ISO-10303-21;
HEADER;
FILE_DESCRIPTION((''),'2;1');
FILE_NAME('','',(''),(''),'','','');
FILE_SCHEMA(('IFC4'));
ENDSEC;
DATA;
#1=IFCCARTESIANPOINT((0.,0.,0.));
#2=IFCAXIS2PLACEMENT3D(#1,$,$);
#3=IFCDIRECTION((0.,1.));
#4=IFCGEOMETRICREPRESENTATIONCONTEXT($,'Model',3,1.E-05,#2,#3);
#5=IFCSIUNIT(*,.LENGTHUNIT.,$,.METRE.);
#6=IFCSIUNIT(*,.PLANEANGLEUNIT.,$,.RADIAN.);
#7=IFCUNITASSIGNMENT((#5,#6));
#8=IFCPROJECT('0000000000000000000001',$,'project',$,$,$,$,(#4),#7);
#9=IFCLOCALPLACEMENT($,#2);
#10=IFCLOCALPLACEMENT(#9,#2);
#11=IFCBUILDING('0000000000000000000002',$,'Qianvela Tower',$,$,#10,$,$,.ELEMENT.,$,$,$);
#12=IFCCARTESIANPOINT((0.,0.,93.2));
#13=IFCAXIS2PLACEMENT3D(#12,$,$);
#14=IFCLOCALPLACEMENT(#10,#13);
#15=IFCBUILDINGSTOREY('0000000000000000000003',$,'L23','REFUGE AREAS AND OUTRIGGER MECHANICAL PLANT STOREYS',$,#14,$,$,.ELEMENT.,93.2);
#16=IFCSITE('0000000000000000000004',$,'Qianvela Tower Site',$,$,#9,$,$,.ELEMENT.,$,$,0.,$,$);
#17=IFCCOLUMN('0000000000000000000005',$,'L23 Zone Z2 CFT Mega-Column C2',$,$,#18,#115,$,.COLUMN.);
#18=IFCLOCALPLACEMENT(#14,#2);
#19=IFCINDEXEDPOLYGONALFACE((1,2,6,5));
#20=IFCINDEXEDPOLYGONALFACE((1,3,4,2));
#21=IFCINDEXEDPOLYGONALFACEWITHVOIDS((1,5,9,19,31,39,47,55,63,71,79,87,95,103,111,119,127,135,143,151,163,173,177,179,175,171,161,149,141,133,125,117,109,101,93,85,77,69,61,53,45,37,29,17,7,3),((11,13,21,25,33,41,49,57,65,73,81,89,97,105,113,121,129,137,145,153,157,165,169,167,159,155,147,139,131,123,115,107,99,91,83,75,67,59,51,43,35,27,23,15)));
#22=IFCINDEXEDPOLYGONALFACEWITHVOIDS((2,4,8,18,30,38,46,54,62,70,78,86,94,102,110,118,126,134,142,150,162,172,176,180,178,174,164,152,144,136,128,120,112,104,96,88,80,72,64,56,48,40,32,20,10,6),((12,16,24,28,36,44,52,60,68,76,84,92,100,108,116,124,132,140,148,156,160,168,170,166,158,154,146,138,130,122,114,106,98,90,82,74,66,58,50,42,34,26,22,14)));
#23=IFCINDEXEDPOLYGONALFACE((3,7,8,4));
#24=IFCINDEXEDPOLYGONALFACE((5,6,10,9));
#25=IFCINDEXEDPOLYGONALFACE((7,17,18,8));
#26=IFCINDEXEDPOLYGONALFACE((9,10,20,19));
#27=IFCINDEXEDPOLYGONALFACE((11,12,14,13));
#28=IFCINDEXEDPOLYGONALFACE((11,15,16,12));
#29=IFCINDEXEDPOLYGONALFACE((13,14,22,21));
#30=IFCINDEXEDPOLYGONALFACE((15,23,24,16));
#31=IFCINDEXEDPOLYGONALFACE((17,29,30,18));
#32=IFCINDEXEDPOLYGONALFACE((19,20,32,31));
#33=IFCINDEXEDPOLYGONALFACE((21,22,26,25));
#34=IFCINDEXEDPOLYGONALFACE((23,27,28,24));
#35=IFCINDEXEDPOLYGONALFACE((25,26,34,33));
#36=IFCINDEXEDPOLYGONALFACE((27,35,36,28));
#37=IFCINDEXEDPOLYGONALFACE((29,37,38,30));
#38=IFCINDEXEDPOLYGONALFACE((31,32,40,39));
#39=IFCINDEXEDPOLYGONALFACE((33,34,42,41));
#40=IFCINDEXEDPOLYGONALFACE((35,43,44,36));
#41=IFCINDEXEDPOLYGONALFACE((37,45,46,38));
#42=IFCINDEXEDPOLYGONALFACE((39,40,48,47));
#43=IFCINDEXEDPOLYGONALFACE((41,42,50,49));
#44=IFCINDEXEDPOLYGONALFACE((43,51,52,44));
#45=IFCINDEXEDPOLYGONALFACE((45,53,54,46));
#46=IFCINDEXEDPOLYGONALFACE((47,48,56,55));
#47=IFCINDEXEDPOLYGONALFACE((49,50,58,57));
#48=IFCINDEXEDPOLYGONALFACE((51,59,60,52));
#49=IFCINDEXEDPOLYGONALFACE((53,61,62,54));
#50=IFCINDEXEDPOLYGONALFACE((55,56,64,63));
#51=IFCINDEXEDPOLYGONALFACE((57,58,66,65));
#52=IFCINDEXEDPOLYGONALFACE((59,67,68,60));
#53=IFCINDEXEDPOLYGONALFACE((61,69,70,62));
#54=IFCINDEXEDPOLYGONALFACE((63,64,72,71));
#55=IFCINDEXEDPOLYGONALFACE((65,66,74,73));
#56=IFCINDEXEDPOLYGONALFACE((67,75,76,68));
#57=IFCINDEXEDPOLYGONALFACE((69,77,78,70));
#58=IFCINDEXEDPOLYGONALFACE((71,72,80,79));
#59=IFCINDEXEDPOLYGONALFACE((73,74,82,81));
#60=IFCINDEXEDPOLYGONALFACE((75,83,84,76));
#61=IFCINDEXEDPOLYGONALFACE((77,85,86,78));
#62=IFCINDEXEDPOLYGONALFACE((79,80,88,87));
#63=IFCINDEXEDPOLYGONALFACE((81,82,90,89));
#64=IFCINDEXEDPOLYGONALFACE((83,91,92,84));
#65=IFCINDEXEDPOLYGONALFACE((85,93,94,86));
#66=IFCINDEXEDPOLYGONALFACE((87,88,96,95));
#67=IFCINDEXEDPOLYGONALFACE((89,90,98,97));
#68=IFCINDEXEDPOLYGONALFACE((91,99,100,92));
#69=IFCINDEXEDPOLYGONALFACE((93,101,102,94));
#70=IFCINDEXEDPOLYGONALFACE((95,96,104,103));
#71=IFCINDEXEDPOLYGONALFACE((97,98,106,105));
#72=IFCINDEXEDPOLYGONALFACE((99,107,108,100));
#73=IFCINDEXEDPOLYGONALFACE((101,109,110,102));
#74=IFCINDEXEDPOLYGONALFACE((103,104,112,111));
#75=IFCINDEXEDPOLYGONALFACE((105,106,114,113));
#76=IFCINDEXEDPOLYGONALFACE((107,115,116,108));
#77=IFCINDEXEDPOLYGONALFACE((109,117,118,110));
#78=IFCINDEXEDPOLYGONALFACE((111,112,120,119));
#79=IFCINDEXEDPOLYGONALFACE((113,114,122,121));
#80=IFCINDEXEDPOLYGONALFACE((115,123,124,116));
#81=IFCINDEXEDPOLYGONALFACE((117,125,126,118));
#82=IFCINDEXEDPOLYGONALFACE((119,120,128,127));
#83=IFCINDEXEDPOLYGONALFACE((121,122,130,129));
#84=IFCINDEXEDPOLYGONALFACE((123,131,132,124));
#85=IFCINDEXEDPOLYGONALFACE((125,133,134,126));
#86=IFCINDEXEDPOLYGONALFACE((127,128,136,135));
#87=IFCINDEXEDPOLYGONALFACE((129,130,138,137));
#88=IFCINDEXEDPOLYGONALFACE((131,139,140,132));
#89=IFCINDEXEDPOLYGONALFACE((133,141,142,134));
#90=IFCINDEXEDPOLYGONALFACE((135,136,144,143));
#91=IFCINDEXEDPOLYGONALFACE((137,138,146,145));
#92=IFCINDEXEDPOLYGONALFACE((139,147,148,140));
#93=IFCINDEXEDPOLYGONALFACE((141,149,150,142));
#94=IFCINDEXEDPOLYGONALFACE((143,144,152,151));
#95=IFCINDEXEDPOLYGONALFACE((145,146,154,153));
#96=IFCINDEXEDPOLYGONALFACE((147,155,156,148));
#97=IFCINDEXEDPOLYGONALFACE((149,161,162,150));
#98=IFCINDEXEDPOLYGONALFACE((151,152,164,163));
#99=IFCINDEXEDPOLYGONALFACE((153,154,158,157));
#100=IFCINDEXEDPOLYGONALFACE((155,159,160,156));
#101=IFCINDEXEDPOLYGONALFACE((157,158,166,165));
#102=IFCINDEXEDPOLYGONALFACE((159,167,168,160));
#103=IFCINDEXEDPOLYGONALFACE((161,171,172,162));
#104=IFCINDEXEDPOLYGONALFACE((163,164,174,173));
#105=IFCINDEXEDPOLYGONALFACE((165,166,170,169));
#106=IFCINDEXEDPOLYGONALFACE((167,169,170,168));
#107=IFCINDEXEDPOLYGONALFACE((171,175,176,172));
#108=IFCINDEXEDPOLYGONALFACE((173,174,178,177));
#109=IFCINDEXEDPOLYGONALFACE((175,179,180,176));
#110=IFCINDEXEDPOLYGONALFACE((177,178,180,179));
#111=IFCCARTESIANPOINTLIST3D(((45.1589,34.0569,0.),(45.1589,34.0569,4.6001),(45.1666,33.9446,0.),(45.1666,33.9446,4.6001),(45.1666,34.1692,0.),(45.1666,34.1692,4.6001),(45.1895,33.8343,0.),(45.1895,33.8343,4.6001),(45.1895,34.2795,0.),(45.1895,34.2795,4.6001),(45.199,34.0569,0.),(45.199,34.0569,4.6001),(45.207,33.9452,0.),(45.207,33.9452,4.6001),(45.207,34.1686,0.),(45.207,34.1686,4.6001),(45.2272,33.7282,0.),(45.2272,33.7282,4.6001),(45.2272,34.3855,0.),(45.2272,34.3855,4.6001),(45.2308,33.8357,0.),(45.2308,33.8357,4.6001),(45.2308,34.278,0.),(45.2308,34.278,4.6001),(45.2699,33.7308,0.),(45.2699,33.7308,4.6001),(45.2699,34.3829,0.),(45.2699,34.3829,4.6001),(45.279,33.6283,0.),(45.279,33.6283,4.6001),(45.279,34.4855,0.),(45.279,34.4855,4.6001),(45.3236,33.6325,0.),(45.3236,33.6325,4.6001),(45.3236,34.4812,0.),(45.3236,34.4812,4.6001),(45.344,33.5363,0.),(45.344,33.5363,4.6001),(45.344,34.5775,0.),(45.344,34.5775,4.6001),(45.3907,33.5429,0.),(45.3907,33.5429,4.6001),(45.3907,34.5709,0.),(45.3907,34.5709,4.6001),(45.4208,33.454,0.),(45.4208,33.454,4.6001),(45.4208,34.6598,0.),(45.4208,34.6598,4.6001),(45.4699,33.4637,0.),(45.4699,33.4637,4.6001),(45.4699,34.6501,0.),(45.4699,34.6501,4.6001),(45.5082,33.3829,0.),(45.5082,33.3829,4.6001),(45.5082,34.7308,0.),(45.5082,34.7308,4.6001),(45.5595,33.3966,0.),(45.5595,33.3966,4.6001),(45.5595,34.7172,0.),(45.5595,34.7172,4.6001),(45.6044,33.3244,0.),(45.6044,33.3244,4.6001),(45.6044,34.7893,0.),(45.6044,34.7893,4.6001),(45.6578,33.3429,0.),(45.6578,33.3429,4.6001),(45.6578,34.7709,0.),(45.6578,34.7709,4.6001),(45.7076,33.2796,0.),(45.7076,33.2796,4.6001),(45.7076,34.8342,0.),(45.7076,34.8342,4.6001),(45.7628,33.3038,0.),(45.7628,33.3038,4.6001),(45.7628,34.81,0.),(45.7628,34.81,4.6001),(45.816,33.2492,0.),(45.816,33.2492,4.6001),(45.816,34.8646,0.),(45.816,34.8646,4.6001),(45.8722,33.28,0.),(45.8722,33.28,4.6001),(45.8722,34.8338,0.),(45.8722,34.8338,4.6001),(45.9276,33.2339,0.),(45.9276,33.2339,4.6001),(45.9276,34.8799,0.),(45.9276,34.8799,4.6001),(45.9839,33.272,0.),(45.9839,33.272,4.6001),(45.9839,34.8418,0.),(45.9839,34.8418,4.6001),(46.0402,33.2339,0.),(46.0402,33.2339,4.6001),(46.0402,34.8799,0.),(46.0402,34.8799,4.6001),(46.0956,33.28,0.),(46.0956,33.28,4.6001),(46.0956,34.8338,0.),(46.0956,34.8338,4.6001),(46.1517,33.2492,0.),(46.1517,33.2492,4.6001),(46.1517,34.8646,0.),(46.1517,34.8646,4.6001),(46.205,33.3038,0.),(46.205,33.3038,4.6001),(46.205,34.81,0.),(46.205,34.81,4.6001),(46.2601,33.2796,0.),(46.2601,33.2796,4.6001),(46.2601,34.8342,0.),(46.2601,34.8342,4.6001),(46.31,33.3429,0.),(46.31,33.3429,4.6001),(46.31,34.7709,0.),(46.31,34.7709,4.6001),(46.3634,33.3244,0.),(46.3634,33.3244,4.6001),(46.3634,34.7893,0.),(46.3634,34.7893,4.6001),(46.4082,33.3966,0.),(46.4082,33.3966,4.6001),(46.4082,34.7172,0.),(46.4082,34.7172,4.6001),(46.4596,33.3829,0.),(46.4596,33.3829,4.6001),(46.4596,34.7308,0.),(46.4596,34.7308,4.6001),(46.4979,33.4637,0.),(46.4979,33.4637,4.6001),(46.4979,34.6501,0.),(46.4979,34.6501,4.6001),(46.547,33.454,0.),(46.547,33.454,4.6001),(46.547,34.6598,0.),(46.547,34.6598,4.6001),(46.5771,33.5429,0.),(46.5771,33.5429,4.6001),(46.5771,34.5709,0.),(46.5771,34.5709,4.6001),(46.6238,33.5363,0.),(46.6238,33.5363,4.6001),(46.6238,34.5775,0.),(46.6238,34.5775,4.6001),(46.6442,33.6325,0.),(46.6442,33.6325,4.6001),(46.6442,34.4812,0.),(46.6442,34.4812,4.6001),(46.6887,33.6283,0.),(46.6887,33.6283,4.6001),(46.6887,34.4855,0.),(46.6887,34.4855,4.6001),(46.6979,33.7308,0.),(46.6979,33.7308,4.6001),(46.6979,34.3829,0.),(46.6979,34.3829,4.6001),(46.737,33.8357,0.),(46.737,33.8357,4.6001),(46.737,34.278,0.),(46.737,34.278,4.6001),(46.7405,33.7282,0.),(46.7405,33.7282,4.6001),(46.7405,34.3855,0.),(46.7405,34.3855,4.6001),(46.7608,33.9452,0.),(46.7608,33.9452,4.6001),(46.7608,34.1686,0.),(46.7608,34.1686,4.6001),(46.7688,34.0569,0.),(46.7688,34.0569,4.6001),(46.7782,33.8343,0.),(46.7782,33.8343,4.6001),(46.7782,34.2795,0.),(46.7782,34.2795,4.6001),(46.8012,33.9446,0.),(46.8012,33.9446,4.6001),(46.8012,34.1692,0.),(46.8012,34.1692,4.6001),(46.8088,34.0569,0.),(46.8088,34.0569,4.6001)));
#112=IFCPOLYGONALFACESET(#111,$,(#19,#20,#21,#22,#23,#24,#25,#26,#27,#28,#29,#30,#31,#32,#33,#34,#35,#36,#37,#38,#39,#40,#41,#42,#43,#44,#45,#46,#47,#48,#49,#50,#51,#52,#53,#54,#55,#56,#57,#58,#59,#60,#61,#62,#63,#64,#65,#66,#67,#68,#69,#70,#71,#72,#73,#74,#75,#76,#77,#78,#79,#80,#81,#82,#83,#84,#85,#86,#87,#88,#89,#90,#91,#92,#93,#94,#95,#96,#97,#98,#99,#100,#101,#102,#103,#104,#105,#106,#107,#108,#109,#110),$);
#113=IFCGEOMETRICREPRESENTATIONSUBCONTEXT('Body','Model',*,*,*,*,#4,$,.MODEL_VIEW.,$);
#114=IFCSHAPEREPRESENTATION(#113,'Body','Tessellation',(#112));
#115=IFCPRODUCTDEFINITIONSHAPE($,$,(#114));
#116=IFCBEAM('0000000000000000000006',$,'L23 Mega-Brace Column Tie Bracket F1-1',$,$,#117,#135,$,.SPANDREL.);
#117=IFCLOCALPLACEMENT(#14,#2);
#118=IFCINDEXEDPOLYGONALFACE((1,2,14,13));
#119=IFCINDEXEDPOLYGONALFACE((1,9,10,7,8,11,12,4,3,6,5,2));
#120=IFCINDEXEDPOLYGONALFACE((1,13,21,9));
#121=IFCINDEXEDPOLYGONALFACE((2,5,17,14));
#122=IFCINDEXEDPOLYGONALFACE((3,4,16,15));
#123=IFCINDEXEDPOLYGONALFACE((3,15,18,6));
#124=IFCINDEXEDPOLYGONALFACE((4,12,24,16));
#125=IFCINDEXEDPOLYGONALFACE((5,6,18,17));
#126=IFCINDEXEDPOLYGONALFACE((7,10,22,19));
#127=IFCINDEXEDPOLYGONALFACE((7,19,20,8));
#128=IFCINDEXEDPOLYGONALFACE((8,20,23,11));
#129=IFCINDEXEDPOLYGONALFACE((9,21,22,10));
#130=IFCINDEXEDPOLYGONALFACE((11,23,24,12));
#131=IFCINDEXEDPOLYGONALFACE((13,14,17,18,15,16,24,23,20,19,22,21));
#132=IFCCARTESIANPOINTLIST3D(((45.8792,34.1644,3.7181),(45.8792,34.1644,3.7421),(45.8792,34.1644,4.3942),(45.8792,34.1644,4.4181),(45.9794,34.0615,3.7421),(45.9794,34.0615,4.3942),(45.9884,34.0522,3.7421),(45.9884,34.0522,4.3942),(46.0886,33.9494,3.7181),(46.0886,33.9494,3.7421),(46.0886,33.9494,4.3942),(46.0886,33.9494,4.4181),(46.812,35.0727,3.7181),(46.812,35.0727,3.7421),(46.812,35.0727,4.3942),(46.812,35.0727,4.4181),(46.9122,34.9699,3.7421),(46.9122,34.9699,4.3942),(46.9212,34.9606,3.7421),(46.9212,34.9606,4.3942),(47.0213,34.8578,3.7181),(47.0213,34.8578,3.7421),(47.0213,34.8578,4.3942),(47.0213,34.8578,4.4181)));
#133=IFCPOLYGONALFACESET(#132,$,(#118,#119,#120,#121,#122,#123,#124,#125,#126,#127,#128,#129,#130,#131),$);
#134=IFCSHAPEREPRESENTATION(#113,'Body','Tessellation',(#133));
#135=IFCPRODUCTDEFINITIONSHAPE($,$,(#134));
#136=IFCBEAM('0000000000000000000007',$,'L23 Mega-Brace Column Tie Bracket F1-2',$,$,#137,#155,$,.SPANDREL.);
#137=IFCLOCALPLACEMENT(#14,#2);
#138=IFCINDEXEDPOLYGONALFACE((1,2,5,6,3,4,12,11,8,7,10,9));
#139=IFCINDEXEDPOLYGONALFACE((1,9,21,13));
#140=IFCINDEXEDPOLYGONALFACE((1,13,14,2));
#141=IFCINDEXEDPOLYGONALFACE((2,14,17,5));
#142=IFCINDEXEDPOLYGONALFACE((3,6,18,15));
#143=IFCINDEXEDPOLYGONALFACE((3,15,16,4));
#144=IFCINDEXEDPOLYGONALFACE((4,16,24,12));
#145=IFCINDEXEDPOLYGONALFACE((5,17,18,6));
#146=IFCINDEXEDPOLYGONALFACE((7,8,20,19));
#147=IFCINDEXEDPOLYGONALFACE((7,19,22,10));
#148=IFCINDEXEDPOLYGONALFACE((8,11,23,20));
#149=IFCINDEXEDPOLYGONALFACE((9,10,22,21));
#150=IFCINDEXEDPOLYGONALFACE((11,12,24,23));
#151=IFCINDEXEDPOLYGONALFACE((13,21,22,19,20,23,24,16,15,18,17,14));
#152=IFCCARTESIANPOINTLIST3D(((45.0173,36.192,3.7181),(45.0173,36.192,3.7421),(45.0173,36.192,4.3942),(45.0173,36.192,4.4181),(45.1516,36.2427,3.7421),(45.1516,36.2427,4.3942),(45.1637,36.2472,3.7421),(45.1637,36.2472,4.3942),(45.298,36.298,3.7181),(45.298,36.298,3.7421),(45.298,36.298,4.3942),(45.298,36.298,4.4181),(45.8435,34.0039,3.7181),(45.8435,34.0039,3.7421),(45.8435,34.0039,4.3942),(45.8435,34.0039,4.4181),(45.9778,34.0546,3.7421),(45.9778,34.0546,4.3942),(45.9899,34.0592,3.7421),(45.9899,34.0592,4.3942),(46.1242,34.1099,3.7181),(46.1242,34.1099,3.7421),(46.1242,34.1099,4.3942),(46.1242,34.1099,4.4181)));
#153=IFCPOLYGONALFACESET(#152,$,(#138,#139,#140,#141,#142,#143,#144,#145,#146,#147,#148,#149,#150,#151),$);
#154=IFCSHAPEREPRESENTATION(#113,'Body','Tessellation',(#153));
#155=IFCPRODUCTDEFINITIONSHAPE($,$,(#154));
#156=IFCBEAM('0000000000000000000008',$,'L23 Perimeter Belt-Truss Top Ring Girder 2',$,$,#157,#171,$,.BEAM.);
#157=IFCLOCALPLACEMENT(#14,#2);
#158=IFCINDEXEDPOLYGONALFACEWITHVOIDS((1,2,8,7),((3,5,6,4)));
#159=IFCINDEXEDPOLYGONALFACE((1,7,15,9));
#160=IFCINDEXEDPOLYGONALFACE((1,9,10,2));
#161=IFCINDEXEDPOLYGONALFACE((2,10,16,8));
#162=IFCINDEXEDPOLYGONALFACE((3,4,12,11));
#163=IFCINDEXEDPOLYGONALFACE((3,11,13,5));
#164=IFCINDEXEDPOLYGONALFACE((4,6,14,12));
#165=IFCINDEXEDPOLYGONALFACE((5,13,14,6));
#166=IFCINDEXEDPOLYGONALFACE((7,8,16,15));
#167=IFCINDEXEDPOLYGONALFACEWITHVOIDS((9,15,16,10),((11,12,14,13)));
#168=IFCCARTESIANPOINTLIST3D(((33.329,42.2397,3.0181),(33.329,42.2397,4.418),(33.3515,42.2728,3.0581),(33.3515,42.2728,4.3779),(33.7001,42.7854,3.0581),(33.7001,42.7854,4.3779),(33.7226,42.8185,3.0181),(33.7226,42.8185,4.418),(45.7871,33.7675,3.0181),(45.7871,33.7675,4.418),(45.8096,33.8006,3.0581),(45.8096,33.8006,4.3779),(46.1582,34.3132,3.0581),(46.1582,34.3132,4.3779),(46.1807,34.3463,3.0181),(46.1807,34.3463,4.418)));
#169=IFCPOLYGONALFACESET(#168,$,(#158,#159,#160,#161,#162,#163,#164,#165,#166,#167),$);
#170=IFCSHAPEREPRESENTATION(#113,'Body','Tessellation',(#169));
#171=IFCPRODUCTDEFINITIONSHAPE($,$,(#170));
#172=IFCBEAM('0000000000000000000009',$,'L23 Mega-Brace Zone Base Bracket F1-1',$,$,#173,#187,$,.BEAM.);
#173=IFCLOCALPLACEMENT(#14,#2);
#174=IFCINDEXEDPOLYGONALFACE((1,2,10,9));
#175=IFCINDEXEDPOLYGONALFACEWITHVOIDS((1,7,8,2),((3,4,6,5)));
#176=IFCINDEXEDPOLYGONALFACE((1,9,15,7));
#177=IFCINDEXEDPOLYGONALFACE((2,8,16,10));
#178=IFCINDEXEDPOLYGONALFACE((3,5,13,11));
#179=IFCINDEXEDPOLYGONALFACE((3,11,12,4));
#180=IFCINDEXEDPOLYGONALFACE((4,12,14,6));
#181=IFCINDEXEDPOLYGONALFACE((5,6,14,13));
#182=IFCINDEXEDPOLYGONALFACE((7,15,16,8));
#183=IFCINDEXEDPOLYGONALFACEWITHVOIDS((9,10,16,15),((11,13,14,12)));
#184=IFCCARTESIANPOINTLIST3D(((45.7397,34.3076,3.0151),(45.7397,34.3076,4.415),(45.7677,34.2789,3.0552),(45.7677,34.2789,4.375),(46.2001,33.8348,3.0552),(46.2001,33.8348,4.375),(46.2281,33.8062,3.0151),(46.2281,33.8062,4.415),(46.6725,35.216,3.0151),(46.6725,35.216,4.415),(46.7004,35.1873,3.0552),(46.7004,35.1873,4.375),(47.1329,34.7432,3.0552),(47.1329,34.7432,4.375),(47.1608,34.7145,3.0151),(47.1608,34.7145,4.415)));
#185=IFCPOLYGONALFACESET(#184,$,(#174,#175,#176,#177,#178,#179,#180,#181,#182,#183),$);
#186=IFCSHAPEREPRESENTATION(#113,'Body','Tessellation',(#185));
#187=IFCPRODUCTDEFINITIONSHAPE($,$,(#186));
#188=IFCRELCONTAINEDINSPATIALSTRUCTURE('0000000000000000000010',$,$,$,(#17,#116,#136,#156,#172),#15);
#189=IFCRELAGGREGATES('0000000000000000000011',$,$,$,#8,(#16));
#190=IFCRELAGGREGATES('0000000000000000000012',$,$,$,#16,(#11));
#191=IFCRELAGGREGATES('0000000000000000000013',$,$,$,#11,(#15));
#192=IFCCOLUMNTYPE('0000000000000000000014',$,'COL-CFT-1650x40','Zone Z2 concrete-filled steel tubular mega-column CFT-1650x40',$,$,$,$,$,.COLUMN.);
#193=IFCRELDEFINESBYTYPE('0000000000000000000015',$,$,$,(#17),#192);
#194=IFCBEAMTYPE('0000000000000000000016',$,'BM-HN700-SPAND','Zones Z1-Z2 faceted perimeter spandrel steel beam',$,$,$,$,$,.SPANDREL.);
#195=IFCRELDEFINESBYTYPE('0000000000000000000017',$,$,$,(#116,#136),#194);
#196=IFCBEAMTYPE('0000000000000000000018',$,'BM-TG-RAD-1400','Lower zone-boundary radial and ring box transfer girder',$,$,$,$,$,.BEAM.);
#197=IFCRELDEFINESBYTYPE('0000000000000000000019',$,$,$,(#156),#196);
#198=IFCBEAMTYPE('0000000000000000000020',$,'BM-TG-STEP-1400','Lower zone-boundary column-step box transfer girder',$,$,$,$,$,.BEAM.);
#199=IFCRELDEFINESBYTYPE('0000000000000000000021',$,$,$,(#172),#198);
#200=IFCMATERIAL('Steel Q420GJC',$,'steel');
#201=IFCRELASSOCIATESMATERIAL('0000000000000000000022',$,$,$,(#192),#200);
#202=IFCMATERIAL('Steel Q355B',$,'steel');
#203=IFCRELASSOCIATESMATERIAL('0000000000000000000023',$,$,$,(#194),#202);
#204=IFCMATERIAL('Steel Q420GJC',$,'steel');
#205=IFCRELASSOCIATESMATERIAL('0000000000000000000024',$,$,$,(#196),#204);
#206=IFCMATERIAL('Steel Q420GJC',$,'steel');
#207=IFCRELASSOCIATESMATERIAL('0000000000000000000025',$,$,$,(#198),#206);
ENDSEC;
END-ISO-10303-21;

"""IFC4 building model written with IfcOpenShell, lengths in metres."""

from ifc_helpers import new_model, si_unit, direction, frame, origin, origin_2d, place, context, subcontext, project, spatial, hollow_rectangle, hollow_circle, i_section, extrude, material, material_profile, profile_set, type_object, element, save


model = new_model("IFC4")

# Units and contexts
model_context = context("Model", 3, precision=1e-05, world=origin(), true_north=direction((0.0, 1.0)))
body_context = subcontext(model_context, "Body", "Model", "MODEL_VIEW")
ifc_project = project(units=[si_unit("LENGTHUNIT", "METRE"), si_unit("PLANEANGLEUNIT", "RADIAN")], contexts=[model_context])

# Site, building, storey
site_placement = place(None, origin())
site = spatial("IfcSite", under=ifc_project, at=site_placement, Name="Qianvela Tower Site", CompositionType="ELEMENT", RefElevation=0.0)
building_placement = place(site_placement, origin())
building = spatial("IfcBuilding", under=site, at=building_placement, Name="Qianvela Tower", CompositionType="ELEMENT")
storey_placement = place(building_placement, frame((0.0, 0.0, 93.2)))
storey = spatial("IfcBuildingStorey", under=building, at=storey_placement, Name="L23", Description="REFUGE AREAS AND OUTRIGGER MECHANICAL PLANT STOREYS", CompositionType="ELEMENT", Elevation=93.2)

# Column
ifc_material_1 = material(Name="Steel Q420GJC", Category="steel")
ifc_material_profile_1 = material_profile(ifc_material_1, hollow_circle(Radius=0.825, WallThickness=0.04, at=origin_2d()), Name="CFT-1650x40")
ifc_profile_set_1 = profile_set([ifc_material_profile_1], Name="Steel Q420GJC")
column_type = type_object("IfcColumnType", Name="COL-CFT-1650x40", Description="Zone Z2 concrete-filled steel tubular mega-column CFT-1650x40", PredefinedType="COLUMN", material=ifc_profile_set_1)
column_placement = place(storey_placement, frame((45.9839, 34.0569, 0.0), z_axis=(0.0, 0.0, 1.0), x_axis=(1.0, 0.0, 0.0)))
element("IfcColumn", 1, at=column_placement, inside=storey, type_object=column_type, Name="L23 Zone Z2 CFT Mega-Column C2", PredefinedType="COLUMN", context=body_context, shape_type="SweptSolid", body=[
    extrude(hollow_circle(Radius=0.825, WallThickness=0.04, at=origin_2d()), origin(), (0.0, 0.0, 1.0), 4.6001),
])

# Beams
ifc_material_2 = material(Name="Steel Q355B", Category="steel")
ifc_material_profile_2 = material_profile(ifc_material_2, i_section(OverallWidth=0.3, OverallDepth=0.7, WebThickness=0.0129, FlangeThickness=0.0239, at=origin_2d()), Name="HN700x300x13x24")
ifc_profile_set_2 = profile_set([ifc_material_profile_2], Name="Steel Q355B")
beam_type_1 = type_object("IfcBeamType", Name="BM-HN700-SPAND", Description="Zones Z1-Z2 faceted perimeter spandrel steel beam", PredefinedType="SPANDREL", material=ifc_profile_set_2)
beam_1_placement = place(storey_placement, frame((45.9839, 34.0569, 4.0681), z_axis=(0.716419, 0.69767, 0.0), x_axis=(-0.69767, 0.716419, 0.0)))
element("IfcBeam", 2, at=beam_1_placement, inside=storey, type_object=beam_type_1, Name="L23 Mega-Brace Column Tie Bracket F1-1", PredefinedType="SPANDREL", context=body_context, shape_type="SweptSolid", body=[
    extrude(i_section(OverallWidth=0.3, OverallDepth=0.7, WebThickness=0.0129, FlangeThickness=0.0239, at=origin_2d()), origin(), (0.0, 0.0, 1.0), 1.302),
])
beam_2_placement = place(storey_placement, frame((45.9839, 34.0569, 4.0681), z_axis=(-0.35325, 0.935529, 0.0), x_axis=(-0.935529, -0.35325, 0.0)))
element("IfcBeam", 3, at=beam_2_placement, inside=storey, type_object=beam_type_1, Name="L23 Mega-Brace Column Tie Bracket F1-2", PredefinedType="SPANDREL", context=body_context, shape_type="SweptSolid", body=[
    extrude(i_section(OverallWidth=0.3, OverallDepth=0.7, WebThickness=0.0129, FlangeThickness=0.0239, at=origin_2d()), origin(), (0.0, 0.0, 1.0), 2.3389),
])
ifc_material_3 = material(Name="Steel Q420GJC", Category="steel")
ifc_material_profile_3 = material_profile(ifc_material_3, hollow_rectangle(XDim=0.7, YDim=1.3999, WallThickness=0.04, at=origin_2d()), Name="TG-BOX-1400x700x40")
ifc_profile_set_3 = profile_set([ifc_material_profile_3], Name="Steel Q420GJC")
beam_type_2 = type_object("IfcBeamType", Name="BM-TG-RAD-1400", Description="Lower zone-boundary radial and ring box transfer girder", PredefinedType="BEAM", material=ifc_profile_set_3)
beam_3_placement = place(storey_placement, frame((45.9839, 34.0569, 3.718), z_axis=(-0.826904, 0.562343, 0.0), x_axis=(-0.562343, -0.826904, 0.0)))
element("IfcBeam", 4, at=beam_3_placement, inside=storey, type_object=beam_type_2, Name="L23 Perimeter Belt-Truss Top Ring Girder 2", PredefinedType="BEAM", context=body_context, shape_type="SweptSolid", body=[
    extrude(hollow_rectangle(XDim=0.7, YDim=1.3999, WallThickness=0.04, at=origin_2d()), origin(), (0.0, 0.0, 1.0), 15.0659),
])
ifc_material_4 = material(Name="Steel Q420GJC", Category="steel")
ifc_material_profile_4 = material_profile(ifc_material_4, hollow_rectangle(XDim=0.7, YDim=1.3999, WallThickness=0.04, at=origin_2d()), Name="TG-BOX-1400x700x40")
ifc_profile_set_4 = profile_set([ifc_material_profile_4], Name="Steel Q420GJC")
beam_type_3 = type_object("IfcBeamType", Name="BM-TG-STEP-1400", Description="Lower zone-boundary column-step box transfer girder", PredefinedType="BEAM", material=ifc_profile_set_4)
for number, where, z_axis, x_axis, name in (
    (5, (45.9839, 34.0569, 3.7151), (0.716419, 0.69767, 0.0), (-0.69767, 0.716419, 0.0), "L23 Mega-Brace Zone Base Bracket F1-1"),
):
    element("IfcBeam", number, at=place(storey_placement, frame(where, z_axis=z_axis, x_axis=x_axis)), inside=storey, type_object=beam_type_3, Name=name, PredefinedType="BEAM", context=body_context, shape_type="SweptSolid", body=[
        extrude(hollow_rectangle(XDim=0.7, YDim=1.3999, WallThickness=0.04, at=origin_2d()), origin(), (0.0, 0.0, 1.0), 1.302),
    ])

save(model, "model.ifc")
